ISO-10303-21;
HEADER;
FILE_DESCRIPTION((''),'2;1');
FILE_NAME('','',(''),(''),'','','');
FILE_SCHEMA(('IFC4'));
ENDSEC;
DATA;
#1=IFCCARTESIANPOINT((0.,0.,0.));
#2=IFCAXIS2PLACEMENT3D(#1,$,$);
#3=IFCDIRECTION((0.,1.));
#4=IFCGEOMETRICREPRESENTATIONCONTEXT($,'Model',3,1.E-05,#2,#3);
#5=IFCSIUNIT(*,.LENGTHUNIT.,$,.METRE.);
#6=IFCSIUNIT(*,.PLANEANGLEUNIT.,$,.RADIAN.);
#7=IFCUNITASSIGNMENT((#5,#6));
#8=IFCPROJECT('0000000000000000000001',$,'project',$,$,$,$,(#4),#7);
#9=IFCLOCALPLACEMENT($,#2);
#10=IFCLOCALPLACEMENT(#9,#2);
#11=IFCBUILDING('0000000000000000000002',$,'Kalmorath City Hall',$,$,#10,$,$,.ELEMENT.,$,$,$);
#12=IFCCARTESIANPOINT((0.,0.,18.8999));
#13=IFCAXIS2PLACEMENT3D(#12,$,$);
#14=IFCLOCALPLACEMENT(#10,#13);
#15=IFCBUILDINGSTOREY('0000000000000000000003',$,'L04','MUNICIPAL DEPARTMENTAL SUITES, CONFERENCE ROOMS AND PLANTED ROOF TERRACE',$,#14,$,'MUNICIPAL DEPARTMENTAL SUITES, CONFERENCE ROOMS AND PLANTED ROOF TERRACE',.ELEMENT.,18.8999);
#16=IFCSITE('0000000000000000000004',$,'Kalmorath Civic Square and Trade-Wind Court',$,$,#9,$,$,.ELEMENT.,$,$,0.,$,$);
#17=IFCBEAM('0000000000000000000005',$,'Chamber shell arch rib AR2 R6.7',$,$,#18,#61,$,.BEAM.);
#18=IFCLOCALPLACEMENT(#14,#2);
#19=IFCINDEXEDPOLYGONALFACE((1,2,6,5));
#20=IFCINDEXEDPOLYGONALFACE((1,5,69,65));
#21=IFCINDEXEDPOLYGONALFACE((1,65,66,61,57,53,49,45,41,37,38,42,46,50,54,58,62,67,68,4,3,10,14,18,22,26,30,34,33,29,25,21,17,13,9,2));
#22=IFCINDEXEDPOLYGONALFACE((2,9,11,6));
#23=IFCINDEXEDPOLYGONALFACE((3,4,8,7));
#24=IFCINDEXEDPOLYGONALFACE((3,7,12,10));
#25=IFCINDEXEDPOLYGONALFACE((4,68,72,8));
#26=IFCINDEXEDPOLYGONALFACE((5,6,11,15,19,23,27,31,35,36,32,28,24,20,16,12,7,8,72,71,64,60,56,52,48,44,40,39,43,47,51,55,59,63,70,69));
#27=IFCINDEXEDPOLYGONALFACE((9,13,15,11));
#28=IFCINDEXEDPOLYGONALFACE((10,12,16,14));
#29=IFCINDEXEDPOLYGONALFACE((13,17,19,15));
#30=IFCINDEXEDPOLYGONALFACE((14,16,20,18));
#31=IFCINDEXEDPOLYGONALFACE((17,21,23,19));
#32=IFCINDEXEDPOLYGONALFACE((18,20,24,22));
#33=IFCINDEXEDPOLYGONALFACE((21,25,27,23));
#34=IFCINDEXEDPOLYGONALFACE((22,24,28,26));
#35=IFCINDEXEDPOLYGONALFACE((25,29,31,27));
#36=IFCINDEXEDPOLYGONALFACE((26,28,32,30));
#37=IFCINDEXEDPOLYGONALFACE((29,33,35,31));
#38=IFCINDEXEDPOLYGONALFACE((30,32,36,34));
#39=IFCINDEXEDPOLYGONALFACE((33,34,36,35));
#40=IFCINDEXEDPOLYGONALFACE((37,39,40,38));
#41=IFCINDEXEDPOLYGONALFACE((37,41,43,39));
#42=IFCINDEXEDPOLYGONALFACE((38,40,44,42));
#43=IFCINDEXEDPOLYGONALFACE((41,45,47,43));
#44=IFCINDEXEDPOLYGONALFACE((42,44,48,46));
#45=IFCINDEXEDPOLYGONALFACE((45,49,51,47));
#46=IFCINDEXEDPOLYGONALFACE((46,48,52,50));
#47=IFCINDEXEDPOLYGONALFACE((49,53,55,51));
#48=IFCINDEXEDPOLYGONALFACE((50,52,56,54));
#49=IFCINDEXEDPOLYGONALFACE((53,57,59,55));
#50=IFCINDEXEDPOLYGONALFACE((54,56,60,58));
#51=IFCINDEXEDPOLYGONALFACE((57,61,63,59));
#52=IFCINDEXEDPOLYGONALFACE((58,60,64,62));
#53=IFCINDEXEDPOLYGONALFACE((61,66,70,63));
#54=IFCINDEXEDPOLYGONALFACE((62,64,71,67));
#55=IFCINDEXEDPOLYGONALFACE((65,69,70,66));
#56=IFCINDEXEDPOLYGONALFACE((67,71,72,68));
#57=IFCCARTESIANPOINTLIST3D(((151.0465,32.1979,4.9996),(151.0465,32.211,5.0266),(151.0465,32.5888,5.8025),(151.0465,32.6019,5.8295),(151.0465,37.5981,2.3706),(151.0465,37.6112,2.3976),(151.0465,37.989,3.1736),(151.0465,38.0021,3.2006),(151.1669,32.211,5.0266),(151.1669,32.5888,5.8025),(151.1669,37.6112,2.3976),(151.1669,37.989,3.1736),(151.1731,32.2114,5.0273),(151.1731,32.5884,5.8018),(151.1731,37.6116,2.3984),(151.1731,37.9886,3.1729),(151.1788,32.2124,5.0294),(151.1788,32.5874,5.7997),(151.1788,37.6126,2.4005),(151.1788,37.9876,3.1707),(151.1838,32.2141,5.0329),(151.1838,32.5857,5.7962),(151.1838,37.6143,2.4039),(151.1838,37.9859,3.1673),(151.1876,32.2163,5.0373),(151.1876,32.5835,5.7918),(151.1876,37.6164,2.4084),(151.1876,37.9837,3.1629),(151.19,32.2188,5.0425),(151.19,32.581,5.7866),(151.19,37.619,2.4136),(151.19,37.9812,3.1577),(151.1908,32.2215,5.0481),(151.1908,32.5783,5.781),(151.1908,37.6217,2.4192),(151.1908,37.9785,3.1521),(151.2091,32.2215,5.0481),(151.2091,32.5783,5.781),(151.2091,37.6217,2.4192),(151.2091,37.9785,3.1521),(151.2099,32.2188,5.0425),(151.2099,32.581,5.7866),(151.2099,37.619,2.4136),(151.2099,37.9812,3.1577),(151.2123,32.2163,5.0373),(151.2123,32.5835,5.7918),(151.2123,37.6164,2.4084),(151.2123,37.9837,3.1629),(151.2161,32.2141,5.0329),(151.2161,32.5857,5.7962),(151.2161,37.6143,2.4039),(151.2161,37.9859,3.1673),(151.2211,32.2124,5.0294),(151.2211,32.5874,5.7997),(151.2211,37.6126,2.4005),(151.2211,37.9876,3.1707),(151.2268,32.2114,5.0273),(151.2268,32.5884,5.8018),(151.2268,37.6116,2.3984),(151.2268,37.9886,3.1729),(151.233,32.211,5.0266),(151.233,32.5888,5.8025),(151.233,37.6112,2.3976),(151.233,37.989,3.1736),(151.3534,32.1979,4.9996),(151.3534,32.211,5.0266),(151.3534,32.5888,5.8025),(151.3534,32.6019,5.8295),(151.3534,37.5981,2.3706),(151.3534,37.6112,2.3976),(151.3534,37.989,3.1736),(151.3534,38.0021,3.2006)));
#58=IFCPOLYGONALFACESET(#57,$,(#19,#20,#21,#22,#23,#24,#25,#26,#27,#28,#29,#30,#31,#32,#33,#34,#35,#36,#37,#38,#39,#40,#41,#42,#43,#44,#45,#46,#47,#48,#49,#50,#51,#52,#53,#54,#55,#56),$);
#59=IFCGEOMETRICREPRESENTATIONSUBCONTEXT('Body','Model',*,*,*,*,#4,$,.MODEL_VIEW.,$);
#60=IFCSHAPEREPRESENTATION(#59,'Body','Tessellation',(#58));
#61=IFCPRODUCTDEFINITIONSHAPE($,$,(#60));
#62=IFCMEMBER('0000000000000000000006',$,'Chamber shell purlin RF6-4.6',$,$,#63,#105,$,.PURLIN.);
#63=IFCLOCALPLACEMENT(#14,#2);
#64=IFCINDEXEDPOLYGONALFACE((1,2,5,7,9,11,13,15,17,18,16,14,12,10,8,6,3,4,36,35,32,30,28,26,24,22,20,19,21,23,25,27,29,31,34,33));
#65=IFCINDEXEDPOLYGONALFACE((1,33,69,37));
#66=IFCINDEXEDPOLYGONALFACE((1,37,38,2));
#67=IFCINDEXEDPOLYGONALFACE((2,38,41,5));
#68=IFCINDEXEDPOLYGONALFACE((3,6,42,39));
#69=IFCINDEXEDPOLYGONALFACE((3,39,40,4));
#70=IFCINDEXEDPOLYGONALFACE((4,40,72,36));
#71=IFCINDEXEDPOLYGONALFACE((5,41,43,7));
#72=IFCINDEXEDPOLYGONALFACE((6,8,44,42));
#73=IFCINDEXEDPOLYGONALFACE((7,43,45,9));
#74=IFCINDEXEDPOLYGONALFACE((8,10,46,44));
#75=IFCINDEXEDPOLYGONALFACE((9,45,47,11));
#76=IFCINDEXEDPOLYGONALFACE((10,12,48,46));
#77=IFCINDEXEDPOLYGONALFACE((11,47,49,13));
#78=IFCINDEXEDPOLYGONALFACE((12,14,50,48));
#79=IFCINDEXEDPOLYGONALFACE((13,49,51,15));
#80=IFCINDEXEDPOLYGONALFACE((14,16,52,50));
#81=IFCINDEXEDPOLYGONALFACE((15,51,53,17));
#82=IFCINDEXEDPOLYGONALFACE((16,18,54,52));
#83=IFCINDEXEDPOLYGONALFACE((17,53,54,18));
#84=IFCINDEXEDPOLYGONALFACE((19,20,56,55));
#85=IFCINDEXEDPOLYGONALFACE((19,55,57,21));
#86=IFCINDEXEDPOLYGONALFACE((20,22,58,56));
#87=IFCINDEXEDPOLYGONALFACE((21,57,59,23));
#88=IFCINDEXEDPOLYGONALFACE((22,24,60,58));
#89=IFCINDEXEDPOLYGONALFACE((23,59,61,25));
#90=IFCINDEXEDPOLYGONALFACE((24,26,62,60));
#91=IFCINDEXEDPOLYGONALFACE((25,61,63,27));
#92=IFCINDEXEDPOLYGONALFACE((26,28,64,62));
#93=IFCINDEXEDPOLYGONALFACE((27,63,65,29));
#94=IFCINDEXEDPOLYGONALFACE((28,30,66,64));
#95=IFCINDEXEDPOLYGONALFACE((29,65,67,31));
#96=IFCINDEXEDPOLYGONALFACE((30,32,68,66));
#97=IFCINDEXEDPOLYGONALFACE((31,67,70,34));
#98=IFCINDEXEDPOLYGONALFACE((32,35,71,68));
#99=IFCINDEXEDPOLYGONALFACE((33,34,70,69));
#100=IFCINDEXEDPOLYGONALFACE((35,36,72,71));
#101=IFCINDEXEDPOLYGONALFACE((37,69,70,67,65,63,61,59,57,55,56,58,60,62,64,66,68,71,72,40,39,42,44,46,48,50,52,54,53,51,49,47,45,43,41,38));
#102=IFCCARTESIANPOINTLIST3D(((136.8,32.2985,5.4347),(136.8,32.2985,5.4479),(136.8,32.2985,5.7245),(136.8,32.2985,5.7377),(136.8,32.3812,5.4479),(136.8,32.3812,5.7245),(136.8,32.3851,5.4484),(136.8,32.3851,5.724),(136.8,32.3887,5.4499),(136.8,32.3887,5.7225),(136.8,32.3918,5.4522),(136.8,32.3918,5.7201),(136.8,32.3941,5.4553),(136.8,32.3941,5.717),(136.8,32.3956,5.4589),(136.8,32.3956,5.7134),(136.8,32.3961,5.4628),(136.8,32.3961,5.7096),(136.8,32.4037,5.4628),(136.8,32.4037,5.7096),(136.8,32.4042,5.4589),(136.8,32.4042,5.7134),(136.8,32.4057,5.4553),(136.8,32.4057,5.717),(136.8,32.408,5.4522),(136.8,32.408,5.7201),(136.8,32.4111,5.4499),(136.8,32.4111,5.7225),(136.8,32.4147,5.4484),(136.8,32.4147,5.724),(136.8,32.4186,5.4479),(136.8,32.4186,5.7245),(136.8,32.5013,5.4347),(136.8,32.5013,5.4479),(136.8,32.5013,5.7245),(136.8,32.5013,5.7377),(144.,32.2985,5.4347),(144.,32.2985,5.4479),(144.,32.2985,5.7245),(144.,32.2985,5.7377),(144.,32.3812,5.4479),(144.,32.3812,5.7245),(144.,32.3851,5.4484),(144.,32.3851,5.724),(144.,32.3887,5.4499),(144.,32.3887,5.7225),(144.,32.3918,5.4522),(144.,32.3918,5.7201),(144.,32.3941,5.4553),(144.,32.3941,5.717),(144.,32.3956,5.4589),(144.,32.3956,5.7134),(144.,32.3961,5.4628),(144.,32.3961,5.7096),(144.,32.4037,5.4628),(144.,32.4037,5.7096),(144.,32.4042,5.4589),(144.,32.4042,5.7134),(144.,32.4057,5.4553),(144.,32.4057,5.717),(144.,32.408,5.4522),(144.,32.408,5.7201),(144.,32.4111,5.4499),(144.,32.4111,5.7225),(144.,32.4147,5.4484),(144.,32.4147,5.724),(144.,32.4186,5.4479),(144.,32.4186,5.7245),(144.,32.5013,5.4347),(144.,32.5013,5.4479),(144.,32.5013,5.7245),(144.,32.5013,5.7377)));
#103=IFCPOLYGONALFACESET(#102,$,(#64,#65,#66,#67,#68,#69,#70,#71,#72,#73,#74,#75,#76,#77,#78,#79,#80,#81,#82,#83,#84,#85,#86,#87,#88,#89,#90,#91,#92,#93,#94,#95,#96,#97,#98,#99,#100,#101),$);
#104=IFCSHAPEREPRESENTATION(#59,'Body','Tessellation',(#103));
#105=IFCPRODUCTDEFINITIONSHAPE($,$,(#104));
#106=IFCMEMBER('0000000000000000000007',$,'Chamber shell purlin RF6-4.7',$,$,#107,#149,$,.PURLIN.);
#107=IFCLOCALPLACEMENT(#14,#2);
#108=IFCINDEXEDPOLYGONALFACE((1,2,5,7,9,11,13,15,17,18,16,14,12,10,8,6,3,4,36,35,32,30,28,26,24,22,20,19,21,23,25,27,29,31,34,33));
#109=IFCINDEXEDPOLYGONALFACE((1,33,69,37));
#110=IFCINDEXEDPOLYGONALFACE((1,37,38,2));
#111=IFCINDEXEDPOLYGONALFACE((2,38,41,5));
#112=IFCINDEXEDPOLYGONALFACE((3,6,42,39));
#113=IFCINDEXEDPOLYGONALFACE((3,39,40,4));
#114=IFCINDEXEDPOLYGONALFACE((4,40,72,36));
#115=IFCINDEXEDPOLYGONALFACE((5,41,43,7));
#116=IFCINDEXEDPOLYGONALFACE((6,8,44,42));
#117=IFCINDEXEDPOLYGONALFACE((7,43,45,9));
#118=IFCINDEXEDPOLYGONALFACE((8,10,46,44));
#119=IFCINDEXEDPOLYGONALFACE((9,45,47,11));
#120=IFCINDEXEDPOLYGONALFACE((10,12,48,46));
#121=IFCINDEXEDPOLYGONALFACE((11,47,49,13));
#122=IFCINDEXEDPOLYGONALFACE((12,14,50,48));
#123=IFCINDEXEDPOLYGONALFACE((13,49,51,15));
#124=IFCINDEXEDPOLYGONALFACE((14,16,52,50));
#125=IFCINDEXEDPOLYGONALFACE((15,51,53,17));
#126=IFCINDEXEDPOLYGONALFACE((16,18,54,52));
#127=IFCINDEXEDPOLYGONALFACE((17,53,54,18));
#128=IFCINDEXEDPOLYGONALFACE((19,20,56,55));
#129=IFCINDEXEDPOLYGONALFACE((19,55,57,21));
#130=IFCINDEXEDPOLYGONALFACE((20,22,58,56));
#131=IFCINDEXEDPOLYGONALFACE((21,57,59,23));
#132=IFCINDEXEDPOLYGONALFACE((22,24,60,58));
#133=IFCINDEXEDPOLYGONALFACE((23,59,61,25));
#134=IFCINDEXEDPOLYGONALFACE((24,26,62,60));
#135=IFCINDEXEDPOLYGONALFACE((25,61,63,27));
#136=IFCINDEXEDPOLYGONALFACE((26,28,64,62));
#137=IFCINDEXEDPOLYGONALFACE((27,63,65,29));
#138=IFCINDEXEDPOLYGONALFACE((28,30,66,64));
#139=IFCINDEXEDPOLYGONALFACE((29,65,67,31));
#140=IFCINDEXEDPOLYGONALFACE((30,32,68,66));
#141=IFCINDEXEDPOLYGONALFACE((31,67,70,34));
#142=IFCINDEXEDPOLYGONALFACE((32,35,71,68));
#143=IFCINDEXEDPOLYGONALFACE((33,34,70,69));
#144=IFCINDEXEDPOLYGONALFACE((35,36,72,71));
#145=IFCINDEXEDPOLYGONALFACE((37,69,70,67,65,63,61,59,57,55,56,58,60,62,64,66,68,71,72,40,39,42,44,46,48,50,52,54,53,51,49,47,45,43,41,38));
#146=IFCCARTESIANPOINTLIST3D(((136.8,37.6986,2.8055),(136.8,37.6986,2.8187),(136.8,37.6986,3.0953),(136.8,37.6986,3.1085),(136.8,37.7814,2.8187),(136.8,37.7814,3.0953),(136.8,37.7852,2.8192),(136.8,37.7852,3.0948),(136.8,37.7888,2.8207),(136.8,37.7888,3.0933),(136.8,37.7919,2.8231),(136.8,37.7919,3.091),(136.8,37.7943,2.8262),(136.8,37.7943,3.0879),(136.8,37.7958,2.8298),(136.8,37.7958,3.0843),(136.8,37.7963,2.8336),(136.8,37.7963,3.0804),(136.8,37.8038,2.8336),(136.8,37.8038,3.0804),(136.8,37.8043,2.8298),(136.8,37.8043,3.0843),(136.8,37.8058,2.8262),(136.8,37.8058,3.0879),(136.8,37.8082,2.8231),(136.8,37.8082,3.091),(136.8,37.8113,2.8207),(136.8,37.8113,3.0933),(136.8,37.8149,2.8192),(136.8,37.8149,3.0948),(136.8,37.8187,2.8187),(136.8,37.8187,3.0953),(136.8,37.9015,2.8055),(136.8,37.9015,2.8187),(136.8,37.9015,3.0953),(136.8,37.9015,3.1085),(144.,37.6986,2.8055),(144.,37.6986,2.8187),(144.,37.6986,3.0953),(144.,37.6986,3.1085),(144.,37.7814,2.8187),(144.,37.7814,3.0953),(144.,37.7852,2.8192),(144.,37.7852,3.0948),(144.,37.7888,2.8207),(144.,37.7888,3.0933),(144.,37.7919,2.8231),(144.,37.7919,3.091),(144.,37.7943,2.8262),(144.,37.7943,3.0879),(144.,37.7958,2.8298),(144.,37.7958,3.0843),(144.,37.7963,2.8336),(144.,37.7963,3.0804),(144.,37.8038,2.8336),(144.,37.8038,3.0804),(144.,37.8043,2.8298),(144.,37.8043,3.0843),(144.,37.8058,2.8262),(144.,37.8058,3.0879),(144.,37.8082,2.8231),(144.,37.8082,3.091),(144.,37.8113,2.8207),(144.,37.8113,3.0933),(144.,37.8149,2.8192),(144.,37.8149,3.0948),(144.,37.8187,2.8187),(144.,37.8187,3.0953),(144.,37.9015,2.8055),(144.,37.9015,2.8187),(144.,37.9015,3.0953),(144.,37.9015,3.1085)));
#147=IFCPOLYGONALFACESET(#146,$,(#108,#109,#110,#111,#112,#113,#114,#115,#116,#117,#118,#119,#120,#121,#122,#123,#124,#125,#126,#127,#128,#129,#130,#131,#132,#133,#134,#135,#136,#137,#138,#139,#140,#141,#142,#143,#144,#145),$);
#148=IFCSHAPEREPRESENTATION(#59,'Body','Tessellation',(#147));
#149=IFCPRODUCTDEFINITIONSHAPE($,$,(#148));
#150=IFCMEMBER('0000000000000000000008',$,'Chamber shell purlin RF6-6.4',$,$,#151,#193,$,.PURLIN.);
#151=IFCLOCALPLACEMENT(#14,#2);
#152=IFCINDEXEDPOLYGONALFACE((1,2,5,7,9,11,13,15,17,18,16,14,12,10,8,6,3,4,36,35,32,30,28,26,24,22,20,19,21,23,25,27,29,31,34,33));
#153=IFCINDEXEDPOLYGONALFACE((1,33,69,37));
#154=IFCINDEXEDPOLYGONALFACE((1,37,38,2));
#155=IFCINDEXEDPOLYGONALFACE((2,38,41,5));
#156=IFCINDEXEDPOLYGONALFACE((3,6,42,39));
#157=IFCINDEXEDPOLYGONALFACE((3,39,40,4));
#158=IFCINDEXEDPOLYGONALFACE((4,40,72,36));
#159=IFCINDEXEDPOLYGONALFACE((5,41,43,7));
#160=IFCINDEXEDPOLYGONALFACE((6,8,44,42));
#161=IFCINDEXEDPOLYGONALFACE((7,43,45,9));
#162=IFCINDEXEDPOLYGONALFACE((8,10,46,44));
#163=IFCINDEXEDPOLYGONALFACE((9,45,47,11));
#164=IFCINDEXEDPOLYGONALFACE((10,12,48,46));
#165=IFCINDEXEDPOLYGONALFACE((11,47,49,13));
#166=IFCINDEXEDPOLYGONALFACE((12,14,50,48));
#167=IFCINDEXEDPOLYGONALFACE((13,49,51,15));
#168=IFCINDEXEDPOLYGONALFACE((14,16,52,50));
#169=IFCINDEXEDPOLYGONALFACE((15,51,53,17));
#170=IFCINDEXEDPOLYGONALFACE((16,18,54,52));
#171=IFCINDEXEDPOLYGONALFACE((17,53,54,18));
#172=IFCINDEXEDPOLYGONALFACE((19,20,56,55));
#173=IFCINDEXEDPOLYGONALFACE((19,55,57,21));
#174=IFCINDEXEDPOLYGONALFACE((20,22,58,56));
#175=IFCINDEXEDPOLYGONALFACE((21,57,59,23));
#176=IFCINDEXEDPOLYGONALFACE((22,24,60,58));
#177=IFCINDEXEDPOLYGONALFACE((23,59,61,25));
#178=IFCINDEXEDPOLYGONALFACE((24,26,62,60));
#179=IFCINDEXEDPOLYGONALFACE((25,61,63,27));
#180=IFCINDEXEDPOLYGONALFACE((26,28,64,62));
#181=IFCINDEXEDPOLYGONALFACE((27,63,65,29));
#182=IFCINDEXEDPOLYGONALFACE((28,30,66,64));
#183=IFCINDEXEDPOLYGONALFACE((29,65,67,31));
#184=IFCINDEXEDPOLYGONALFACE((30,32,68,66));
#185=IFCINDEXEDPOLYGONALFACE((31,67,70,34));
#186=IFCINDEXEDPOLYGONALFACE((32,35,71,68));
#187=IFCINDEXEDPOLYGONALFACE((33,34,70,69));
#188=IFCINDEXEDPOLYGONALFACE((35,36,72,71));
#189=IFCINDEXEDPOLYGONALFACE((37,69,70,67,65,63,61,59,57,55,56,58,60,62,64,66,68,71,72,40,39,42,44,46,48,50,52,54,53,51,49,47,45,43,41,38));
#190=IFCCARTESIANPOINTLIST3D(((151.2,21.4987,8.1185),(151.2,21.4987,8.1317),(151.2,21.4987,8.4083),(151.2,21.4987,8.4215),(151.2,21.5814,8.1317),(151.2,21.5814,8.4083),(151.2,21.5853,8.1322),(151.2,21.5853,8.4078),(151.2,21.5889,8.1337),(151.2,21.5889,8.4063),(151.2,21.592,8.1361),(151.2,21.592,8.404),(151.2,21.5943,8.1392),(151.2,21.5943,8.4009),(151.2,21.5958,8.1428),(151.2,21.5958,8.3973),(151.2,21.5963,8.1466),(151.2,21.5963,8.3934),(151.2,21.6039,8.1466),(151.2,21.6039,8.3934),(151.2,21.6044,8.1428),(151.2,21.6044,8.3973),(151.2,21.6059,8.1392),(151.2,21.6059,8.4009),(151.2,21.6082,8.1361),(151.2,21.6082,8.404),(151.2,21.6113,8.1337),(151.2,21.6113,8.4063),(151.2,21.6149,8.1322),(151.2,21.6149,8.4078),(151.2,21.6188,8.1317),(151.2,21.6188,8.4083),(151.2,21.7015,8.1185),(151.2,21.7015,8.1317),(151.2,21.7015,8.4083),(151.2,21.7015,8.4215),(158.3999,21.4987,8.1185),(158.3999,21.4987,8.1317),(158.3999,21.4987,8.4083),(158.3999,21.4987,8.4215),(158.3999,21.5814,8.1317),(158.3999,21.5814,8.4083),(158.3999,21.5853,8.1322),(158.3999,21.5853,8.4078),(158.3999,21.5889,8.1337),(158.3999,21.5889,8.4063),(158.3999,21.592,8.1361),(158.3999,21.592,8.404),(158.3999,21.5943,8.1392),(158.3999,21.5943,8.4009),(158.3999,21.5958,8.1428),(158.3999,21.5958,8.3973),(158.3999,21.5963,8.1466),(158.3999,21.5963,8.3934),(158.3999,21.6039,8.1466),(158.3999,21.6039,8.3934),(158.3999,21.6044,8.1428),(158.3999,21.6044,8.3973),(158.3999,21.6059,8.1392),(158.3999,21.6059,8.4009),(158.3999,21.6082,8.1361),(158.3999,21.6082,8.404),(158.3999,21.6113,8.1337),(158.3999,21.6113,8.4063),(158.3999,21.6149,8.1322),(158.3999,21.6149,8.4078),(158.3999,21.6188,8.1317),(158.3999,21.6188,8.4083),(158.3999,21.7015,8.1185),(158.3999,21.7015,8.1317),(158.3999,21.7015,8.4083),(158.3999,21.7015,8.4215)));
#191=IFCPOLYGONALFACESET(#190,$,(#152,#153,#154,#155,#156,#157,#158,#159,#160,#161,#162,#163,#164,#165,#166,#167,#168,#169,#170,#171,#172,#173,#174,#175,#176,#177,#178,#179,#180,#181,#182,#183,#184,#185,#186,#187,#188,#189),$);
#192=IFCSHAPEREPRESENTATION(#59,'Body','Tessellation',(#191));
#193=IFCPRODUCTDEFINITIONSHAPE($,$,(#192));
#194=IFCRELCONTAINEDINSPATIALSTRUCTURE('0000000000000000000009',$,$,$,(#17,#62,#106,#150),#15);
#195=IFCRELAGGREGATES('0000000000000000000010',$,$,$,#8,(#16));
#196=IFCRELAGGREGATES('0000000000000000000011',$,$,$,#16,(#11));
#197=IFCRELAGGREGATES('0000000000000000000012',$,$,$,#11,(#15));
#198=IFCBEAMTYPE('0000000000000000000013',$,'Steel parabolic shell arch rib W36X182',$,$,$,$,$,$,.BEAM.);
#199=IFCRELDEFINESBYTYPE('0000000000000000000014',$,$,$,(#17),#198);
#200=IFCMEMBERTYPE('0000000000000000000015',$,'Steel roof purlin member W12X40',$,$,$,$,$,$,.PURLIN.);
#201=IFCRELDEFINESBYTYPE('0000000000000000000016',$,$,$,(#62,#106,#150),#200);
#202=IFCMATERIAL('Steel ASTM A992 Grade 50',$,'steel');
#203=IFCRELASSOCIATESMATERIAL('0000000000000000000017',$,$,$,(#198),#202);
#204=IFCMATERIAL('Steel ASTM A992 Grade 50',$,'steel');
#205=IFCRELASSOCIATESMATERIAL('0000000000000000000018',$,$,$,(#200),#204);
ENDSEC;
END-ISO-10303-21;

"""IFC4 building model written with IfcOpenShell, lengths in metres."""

from ifc_helpers import new_model, si_unit, direction, frame, origin, origin_2d, place, context, subcontext, project, spatial, i_section, extrude, material, material_profile, profile_set, type_object, element, save


model = new_model("IFC4")

# Units and contexts
model_context = context("Model", 3, precision=1e-05, world=origin(), true_north=direction((0.0, 1.0)))
body_context = subcontext(model_context, "Body", "Model", "MODEL_VIEW")
ifc_project = project(units=[si_unit("LENGTHUNIT", "METRE"), si_unit("PLANEANGLEUNIT", "RADIAN")], contexts=[model_context])

# Site, building, storey
site_placement = place(None, origin())
site = spatial("IfcSite", under=ifc_project, at=site_placement, Name="Kalmorath Civic Square and Trade-Wind Court", CompositionType="ELEMENT", RefElevation=0.0)
building_placement = place(site_placement, origin())
building = spatial("IfcBuilding", under=site, at=building_placement, Name="Kalmorath City Hall", CompositionType="ELEMENT")
storey_placement = place(building_placement, frame((0.0, 0.0, 18.8999)))
storey = spatial("IfcBuildingStorey", under=building, at=storey_placement, Name="L04", Description="MUNICIPAL DEPARTMENTAL SUITES, CONFERENCE ROOMS AND PLANTED ROOF TERRACE", LongName="MUNICIPAL DEPARTMENTAL SUITES, CONFERENCE ROOMS AND PLANTED ROOF TERRACE", CompositionType="ELEMENT", Elevation=18.8999)

# Beam
ifc_material_1 = material(Name="Steel ASTM A992 Grade 50", Category="steel")
ifc_material_profile_1 = material_profile(ifc_material_1, i_section(OverallWidth=0.3069, OverallDepth=0.9231, WebThickness=0.0183, FlangeThickness=0.03, FilletRadius=0.0239, at=origin_2d()), Name="W36X182")
ifc_profile_set_1 = profile_set([ifc_material_profile_1], Name="Steel ASTM A992 Grade 50")
beam_type_1 = type_object("IfcBeamType", Name="Steel parabolic shell arch rib W36X182", PredefinedType="BEAM", material=ifc_profile_set_1)
beam_1_placement = place(storey_placement, frame((151.2, 32.3999, 5.4146), z_axis=(0.0, 0.899117, -0.437709), x_axis=(-1.0, 0.0, 0.0)))
element("IfcBeam", 1, at=beam_1_placement, inside=storey, type_object=beam_type_1, Name="Chamber shell arch rib AR2 R6.7", PredefinedType="BEAM", context=body_context, shape_type="SweptSolid", body=[
    extrude(i_section(OverallWidth=0.3069, OverallDepth=0.9231, WebThickness=0.0183, FlangeThickness=0.03, FilletRadius=0.0239, at=origin_2d()), origin(), (0.0, 0.0, 1.0), 6.0061),
])

# Members
ifc_material_2 = material(Name="Steel ASTM A992 Grade 50", Category="steel")
ifc_material_profile_2 = material_profile(ifc_material_2, i_section(OverallWidth=0.2029, OverallDepth=0.303, WebThickness=0.0076, FlangeThickness=0.0132, FilletRadius=0.0149, at=origin_2d()), Name="W12X40")
ifc_profile_set_2 = profile_set([ifc_material_profile_2], Name="Steel ASTM A992 Grade 50")
member_type_1 = type_object("IfcMemberType", Name="Steel roof purlin member W12X40", PredefinedType="PURLIN", material=ifc_profile_set_2)
for number, where, z_axis, x_axis, name in (
    (2, (136.8, 32.3999, 5.5862), (1.0, 0.0, 0.0), (0.0, 1.0, 0.0), "Chamber shell purlin RF6-4.6"),
    (3, (136.8, 37.8, 2.957), (1.0, 0.0, 0.0), (0.0, 1.0, 0.0), "Chamber shell purlin RF6-4.7"),
    (4, (151.2, 21.6001, 8.27), (1.0, 0.0, 0.0), (0.0, 1.0, 0.0), "Chamber shell purlin RF6-6.4"),
):
    element("IfcMember", number, at=place(storey_placement, frame(where, z_axis=z_axis, x_axis=x_axis)), inside=storey, type_object=member_type_1, Name=name, PredefinedType="PURLIN", context=body_context, shape_type="SweptSolid", body=[
        extrude(i_section(OverallWidth=0.2029, OverallDepth=0.303, WebThickness=0.0076, FlangeThickness=0.0132, FilletRadius=0.0149, at=origin_2d()), origin(), (0.0, 0.0, 1.0), 7.2),
    ])

save(model, "model.ifc")
